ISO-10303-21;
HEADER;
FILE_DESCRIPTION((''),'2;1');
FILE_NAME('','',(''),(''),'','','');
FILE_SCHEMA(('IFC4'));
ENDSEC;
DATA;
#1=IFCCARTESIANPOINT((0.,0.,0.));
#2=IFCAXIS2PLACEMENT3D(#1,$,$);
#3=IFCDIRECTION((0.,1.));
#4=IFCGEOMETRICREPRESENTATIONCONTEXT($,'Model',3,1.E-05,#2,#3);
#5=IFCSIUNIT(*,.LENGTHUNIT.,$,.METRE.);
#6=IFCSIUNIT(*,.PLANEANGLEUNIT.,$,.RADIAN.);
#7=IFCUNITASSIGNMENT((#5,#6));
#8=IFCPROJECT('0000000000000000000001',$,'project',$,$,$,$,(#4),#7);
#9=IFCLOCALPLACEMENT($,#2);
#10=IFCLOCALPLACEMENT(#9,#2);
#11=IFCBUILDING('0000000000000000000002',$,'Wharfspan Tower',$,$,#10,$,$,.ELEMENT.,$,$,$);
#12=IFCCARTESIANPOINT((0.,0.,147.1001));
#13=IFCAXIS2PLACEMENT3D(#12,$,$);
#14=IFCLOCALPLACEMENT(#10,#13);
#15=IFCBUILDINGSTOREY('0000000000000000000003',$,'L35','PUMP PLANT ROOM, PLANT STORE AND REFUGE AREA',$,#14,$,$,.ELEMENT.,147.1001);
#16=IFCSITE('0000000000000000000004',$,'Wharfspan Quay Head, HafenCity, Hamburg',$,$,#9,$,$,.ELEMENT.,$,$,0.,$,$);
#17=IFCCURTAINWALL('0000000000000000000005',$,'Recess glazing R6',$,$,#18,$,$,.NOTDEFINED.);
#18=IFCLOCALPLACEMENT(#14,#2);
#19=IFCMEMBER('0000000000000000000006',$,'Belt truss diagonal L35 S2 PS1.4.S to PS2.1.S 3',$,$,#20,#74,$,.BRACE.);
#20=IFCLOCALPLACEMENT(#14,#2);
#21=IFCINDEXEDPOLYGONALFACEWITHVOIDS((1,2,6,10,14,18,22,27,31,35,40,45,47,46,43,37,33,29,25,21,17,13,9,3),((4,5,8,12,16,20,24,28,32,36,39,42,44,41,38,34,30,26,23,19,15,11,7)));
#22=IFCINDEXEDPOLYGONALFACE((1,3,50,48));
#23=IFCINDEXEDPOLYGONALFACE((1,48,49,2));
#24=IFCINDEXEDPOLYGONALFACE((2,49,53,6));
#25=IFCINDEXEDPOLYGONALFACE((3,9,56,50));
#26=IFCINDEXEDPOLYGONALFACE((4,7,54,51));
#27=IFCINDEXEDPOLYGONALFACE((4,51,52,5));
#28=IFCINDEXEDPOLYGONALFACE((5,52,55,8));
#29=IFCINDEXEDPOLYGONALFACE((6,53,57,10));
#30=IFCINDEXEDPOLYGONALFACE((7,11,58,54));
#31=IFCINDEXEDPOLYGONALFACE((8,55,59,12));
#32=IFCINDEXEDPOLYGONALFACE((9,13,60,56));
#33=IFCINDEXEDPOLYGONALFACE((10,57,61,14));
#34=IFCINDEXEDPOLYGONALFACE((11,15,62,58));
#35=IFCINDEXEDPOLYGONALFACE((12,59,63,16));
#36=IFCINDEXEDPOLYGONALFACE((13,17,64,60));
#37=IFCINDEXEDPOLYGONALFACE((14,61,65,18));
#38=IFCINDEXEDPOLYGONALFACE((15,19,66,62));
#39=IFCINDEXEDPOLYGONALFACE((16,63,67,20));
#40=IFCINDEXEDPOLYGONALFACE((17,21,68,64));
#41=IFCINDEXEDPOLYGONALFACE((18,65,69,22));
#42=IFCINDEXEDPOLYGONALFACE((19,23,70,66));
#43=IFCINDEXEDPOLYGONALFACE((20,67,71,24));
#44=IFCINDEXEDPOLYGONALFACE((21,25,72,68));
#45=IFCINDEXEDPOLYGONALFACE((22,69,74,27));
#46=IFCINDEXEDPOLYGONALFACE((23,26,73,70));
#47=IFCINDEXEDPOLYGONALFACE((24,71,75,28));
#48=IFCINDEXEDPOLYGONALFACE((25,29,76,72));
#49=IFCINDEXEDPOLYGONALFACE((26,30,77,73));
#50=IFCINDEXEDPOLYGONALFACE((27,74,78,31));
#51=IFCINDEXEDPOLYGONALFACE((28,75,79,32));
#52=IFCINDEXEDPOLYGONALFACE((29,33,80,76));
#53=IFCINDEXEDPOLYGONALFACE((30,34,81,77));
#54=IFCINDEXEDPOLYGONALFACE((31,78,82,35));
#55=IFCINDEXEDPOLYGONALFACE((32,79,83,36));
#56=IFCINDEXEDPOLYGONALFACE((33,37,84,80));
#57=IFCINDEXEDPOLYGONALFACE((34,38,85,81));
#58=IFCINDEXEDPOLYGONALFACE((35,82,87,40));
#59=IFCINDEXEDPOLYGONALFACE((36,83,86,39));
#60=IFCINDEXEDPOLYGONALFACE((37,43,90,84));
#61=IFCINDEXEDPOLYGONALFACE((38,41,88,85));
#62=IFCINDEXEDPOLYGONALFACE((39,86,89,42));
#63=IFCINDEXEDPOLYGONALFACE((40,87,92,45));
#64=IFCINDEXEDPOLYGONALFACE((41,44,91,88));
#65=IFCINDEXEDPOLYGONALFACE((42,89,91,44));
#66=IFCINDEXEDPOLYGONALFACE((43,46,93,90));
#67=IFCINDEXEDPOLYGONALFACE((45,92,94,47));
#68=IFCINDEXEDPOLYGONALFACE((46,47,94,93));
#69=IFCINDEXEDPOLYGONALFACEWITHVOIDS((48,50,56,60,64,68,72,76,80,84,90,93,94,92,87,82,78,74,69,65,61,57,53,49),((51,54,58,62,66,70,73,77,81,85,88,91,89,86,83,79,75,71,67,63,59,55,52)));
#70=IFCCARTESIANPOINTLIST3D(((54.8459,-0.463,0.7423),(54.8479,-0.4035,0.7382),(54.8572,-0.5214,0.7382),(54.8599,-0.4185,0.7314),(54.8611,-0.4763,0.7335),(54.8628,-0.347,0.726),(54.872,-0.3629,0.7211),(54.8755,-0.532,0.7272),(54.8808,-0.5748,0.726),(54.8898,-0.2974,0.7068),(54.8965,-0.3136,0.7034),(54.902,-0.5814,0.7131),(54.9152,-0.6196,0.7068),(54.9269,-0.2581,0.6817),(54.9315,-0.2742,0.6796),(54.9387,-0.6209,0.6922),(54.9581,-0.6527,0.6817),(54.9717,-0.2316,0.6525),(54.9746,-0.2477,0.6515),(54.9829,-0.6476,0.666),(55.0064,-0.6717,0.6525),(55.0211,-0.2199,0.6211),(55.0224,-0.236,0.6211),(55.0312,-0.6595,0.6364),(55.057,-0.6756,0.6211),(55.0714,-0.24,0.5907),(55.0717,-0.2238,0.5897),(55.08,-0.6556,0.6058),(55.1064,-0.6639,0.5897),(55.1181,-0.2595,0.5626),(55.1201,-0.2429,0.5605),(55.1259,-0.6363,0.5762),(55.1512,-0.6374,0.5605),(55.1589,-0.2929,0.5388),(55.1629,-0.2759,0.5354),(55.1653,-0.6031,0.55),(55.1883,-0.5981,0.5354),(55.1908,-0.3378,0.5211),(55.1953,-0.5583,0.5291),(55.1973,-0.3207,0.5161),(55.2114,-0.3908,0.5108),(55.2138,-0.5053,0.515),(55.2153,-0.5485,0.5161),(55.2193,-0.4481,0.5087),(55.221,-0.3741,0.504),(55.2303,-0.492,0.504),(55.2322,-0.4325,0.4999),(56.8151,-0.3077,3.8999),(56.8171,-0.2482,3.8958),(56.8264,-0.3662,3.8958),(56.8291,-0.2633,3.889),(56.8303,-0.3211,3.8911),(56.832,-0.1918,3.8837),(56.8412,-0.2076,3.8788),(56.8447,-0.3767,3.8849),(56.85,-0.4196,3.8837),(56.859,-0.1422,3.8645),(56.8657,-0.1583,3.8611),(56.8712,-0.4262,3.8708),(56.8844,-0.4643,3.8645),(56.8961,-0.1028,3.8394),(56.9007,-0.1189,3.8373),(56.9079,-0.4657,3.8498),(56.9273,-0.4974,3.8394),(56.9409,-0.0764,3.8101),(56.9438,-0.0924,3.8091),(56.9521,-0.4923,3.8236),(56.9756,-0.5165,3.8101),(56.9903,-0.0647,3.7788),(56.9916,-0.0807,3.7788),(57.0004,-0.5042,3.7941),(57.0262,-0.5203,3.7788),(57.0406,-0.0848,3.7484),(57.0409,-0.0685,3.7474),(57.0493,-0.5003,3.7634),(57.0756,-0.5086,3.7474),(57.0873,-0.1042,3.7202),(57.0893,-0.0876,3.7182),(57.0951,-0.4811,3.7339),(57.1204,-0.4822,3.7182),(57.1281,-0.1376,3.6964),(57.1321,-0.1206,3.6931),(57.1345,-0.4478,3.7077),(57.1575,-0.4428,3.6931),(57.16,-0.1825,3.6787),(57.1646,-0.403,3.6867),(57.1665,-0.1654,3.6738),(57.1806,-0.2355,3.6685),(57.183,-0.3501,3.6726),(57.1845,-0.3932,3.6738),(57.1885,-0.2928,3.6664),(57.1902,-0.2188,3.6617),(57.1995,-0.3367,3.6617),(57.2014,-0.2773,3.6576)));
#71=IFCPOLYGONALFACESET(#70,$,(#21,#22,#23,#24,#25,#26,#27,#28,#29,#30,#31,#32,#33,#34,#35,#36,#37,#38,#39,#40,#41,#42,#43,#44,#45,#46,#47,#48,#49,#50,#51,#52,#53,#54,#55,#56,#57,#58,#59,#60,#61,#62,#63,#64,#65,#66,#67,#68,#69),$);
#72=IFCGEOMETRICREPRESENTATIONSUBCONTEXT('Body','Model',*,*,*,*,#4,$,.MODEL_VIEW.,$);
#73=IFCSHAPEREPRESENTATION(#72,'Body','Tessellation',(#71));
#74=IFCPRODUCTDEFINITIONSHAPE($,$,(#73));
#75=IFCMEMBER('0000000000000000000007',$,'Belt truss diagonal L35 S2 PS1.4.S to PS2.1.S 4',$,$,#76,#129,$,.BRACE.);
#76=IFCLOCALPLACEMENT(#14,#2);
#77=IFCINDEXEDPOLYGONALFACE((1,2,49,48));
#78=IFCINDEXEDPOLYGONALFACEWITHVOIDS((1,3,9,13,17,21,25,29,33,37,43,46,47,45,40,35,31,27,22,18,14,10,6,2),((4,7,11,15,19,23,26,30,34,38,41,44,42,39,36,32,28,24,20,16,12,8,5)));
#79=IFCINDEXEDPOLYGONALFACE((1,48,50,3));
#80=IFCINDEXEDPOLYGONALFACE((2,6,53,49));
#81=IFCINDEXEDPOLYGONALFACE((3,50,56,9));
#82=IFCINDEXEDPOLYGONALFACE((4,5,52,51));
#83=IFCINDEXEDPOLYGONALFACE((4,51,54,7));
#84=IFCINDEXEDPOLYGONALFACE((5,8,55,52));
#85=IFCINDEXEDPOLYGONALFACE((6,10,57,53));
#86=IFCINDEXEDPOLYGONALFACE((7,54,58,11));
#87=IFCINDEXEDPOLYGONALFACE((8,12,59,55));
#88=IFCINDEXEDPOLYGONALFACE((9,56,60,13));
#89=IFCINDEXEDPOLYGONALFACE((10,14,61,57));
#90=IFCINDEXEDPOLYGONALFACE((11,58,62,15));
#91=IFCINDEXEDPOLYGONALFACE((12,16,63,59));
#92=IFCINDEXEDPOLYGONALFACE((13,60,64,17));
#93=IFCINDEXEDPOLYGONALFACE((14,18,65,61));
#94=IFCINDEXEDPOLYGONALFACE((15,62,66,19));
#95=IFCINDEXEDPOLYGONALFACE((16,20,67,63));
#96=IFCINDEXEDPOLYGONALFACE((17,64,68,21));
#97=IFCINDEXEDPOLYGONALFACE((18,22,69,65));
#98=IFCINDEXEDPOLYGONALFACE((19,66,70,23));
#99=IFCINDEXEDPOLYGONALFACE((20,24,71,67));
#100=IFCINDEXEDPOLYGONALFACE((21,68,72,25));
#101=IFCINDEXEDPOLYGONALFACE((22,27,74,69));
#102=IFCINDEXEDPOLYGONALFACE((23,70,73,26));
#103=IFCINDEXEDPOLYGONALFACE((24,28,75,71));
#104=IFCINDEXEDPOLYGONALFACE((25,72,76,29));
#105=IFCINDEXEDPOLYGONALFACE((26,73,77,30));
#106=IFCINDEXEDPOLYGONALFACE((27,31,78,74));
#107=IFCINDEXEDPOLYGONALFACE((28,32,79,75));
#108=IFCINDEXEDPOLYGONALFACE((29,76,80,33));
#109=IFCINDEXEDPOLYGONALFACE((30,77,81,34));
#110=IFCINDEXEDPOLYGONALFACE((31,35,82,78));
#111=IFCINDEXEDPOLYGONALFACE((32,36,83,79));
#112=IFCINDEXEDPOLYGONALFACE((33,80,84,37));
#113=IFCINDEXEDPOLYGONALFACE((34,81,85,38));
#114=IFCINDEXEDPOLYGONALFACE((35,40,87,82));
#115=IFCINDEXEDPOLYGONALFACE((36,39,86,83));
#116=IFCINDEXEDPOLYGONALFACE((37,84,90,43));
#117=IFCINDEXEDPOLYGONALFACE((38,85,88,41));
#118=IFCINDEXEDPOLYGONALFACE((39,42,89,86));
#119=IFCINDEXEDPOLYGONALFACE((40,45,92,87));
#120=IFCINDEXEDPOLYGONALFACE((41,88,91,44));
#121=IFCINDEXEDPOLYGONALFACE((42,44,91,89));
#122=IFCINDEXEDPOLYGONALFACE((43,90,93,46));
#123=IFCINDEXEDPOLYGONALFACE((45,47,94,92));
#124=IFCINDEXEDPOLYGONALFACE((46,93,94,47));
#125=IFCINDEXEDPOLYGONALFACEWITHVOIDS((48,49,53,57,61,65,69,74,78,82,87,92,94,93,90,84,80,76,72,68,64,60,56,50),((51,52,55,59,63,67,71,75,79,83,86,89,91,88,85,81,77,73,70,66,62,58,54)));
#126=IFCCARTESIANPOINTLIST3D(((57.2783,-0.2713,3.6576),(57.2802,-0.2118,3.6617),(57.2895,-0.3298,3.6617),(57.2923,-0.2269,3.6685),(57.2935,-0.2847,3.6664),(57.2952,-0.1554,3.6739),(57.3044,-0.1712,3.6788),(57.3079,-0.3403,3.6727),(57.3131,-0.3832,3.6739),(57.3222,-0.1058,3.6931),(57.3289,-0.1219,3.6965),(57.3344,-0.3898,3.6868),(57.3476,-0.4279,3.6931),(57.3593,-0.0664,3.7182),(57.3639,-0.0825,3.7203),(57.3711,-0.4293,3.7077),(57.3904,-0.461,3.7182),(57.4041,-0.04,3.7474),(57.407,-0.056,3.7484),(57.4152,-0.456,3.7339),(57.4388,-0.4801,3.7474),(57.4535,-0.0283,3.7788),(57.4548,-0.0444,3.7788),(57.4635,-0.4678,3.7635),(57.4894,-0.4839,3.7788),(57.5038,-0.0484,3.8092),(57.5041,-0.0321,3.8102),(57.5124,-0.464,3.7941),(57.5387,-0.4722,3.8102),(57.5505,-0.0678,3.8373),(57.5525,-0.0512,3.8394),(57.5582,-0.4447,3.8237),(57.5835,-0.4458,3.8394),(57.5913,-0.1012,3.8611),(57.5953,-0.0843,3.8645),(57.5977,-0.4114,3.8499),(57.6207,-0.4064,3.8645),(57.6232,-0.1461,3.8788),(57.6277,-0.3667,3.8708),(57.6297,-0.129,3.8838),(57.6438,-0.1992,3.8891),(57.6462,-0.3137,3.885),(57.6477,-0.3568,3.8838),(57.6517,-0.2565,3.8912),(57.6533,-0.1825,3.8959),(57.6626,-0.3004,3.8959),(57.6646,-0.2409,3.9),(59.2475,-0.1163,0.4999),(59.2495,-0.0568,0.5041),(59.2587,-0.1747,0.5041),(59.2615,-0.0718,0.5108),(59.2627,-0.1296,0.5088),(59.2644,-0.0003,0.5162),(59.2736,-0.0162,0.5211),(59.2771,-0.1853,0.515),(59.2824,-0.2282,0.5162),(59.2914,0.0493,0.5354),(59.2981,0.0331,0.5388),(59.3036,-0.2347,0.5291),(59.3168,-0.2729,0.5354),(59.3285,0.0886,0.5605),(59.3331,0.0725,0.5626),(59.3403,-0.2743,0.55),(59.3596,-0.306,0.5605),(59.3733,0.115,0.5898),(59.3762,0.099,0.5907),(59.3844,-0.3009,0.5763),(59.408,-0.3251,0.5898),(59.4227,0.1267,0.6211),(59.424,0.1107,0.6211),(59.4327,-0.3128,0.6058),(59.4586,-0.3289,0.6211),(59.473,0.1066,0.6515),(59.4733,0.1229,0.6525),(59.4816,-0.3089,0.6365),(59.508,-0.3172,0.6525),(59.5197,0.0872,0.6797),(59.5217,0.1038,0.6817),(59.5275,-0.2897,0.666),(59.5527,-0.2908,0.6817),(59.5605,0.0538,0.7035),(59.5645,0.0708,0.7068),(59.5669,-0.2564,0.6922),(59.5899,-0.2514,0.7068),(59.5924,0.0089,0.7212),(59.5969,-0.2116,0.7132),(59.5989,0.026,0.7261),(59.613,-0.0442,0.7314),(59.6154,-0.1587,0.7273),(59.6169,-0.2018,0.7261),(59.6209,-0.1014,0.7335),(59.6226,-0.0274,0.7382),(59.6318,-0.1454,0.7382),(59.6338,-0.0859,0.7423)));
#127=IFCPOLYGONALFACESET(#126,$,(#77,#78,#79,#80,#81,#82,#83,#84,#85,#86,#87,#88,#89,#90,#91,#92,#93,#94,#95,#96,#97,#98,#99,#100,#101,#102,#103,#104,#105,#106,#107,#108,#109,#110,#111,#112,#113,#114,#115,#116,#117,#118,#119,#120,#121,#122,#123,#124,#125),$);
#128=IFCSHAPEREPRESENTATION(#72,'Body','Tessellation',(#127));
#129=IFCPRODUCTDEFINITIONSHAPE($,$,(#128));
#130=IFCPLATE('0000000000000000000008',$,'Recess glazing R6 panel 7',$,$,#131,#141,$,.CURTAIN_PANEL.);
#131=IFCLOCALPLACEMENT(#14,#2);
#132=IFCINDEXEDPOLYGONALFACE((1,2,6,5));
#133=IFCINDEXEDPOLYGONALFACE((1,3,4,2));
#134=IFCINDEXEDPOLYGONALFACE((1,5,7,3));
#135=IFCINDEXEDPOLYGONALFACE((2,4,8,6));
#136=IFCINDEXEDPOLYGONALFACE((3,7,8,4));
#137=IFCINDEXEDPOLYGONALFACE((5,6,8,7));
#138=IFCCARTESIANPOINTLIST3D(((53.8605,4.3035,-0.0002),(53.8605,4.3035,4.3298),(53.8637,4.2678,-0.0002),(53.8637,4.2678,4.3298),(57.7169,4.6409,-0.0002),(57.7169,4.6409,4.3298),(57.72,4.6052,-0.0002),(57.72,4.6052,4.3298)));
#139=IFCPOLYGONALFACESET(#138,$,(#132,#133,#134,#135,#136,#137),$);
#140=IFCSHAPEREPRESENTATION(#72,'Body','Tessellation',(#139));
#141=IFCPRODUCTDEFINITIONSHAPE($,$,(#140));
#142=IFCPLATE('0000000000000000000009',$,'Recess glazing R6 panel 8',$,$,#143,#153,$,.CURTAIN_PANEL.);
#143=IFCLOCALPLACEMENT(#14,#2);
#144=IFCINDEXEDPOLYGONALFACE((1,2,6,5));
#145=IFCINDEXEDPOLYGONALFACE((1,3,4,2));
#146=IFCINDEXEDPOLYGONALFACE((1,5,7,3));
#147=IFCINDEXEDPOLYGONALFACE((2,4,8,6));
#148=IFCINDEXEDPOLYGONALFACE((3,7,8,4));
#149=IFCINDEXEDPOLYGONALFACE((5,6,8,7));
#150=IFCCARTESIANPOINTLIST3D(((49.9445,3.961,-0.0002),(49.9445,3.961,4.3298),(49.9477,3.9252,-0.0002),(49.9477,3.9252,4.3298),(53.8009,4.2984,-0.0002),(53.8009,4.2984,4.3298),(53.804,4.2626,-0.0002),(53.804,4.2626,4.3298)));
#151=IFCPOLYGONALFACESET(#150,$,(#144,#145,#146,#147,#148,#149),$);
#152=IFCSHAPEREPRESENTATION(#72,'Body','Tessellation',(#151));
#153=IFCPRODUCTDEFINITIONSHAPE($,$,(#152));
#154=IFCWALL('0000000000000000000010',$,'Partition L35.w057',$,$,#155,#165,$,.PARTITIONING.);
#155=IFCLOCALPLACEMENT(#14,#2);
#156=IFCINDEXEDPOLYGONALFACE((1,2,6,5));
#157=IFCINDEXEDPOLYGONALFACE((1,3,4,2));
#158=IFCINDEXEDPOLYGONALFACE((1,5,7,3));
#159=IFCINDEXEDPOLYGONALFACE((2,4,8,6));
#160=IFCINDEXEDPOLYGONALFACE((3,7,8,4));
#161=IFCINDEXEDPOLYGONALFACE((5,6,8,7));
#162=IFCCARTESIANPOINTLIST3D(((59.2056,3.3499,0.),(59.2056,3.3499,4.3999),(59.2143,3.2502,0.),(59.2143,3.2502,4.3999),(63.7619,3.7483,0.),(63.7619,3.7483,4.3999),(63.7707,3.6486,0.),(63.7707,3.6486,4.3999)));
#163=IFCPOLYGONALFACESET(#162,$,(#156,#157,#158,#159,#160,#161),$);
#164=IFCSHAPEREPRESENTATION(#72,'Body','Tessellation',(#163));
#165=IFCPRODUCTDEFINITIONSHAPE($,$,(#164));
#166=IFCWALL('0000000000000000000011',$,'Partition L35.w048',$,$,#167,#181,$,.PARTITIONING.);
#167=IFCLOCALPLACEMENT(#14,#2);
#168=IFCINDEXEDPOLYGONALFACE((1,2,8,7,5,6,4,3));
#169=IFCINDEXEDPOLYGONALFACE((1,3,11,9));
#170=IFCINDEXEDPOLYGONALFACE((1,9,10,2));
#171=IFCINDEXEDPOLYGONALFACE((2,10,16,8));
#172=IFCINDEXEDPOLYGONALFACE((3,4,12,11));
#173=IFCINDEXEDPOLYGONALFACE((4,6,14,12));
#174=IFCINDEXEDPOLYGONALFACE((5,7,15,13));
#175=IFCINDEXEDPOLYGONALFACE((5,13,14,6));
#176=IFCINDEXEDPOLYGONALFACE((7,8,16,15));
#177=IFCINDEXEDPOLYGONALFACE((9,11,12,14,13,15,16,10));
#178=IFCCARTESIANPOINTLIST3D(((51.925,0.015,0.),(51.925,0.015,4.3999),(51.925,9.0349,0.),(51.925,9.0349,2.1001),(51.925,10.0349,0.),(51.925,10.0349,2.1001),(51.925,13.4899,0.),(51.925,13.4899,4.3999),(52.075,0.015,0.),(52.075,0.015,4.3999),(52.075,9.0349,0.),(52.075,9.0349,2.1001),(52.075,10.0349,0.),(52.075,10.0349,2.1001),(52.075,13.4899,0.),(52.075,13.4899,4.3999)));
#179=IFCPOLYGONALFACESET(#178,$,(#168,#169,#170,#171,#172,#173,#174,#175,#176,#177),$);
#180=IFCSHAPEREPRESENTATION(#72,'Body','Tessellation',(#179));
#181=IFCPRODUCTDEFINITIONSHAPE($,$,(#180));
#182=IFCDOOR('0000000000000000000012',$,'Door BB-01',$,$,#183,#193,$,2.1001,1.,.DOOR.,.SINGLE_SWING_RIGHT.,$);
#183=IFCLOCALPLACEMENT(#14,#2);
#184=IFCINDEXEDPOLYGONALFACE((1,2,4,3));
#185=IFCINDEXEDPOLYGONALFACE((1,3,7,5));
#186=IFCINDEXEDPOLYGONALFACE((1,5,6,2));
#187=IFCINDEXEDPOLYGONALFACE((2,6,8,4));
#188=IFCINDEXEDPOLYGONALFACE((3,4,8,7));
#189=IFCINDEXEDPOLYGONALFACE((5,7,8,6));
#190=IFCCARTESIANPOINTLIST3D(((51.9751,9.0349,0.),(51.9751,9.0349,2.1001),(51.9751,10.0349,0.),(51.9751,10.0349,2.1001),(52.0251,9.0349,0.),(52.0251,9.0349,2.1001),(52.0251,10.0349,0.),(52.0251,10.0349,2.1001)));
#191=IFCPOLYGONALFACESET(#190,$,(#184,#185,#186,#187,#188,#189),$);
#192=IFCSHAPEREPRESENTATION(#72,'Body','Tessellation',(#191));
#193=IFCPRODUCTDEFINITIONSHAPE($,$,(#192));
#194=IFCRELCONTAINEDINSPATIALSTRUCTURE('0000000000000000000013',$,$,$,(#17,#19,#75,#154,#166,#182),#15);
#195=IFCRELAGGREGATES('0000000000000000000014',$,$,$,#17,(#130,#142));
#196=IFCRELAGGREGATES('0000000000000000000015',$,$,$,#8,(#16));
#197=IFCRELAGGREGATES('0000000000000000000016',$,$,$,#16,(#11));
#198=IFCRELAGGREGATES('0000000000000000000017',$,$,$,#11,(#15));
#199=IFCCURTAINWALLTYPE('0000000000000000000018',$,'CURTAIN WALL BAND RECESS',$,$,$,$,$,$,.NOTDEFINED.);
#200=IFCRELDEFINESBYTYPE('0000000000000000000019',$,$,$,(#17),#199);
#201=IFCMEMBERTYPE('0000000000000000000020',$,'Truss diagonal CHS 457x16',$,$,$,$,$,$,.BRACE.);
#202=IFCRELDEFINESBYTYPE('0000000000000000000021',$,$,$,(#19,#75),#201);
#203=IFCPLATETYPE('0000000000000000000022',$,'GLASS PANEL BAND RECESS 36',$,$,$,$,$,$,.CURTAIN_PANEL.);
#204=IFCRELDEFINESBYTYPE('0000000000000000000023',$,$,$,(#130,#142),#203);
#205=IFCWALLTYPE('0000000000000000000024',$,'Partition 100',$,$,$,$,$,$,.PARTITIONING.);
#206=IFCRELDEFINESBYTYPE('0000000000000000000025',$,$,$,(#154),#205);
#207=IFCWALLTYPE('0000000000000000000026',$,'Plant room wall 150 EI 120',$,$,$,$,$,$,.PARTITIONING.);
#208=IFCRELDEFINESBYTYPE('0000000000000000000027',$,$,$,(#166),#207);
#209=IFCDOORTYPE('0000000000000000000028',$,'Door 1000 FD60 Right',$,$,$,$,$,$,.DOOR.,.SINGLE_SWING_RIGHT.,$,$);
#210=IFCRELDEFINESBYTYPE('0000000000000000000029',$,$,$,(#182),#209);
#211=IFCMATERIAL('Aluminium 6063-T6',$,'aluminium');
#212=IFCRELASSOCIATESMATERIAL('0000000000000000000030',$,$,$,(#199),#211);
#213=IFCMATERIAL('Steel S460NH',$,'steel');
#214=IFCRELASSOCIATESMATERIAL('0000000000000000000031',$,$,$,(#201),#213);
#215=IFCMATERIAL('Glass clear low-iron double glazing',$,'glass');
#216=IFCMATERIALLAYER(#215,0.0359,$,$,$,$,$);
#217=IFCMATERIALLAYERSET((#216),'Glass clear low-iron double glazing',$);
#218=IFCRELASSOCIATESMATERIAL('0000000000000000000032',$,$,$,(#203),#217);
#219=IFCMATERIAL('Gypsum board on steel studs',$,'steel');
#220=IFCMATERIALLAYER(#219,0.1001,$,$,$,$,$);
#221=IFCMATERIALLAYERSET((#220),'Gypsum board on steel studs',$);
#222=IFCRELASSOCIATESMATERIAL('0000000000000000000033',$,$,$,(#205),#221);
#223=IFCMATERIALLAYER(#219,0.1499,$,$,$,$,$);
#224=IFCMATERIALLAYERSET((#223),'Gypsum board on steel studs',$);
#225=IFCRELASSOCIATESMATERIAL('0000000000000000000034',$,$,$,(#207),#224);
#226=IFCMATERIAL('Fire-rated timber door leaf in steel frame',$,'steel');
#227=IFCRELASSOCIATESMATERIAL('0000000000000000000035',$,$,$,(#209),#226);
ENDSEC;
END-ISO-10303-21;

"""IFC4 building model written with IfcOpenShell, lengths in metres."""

from ifc_helpers import new_model, si_unit, direction, frame, frame_2d, origin, origin_2d, place, context, subcontext, project, spatial, rectangle, hollow_circle, extrude, material, layer, layer_set, material_profile, profile_set, type_object, element, fill, aggregate, save


model = new_model("IFC4")

# Units and contexts
model_context = context("Model", 3, precision=1e-05, world=origin(), true_north=direction((0.0, 1.0)))
body_context = subcontext(model_context, "Body", "Model", "MODEL_VIEW")
ifc_project = project(units=[si_unit("LENGTHUNIT", "METRE"), si_unit("PLANEANGLEUNIT", "RADIAN")], contexts=[model_context])

# Site, building, storey
site_placement = place(None, origin())
site = spatial("IfcSite", under=ifc_project, at=site_placement, Name="Wharfspan Quay Head, HafenCity, Hamburg", CompositionType="ELEMENT", RefElevation=0.0)
building_placement = place(site_placement, origin())
building = spatial("IfcBuilding", under=site, at=building_placement, Name="Wharfspan Tower", CompositionType="ELEMENT")
storey_placement = place(building_placement, frame((0.0, 0.0, 147.1001)))
storey = spatial("IfcBuildingStorey", under=building, at=storey_placement, Name="L35", Description="PUMP PLANT ROOM, PLANT STORE AND REFUGE AREA", CompositionType="ELEMENT", Elevation=147.1001)

# Curtain wall
ifc_material_1 = material(Name="Aluminium 6063-T6", Category="aluminium")
curtain_wall_type = type_object("IfcCurtainWallType", Name="CURTAIN WALL BAND RECESS", PredefinedType="NOTDEFINED", material=ifc_material_1)
curtain_wall_placement = place(storey_placement, origin())
curtain_wall = element("IfcCurtainWall", 1, at=curtain_wall_placement, inside=storey, type_object=curtain_wall_type, Name="Recess glazing R6", PredefinedType="NOTDEFINED")

# Shared definitions
ifc_material_2 = material(Name="Steel S460NH", Category="steel")

# Members
ifc_material_profile_1 = material_profile(ifc_material_2, hollow_circle(Radius=0.2285, WallThickness=0.0161, at=origin_2d()))
ifc_profile_set_1 = profile_set([ifc_material_profile_1], Name="Steel S460NH")
member_type_1 = type_object("IfcMemberType", Name="Truss diagonal CHS 457x16", PredefinedType="BRACE", material=ifc_profile_set_1)
for number, where, z_axis, x_axis, name in (
    (2, (55.0391, -0.4478, 0.6211), (0.528701, 0.041688, 0.847784), (-0.078603, 0.99691, -0.000002), "Belt truss diagonal L35 S2 PS1.4.S to PS2.1.S 3"),
    (3, (57.4714, -0.2561, 3.7788), (0.528703, 0.041622, -0.847786), (-0.078485, 0.996914, -0.000002), "Belt truss diagonal L35 S2 PS1.4.S to PS2.1.S 4"),
):
    element("IfcMember", number, at=place(storey_placement, frame(where, z_axis=z_axis, x_axis=x_axis)), inside=storey, type_object=member_type_1, Name=name, PredefinedType="BRACE", context=body_context, shape_type="SweptSolid", body=[
        extrude(hollow_circle(Radius=0.2285, WallThickness=0.0161, at=origin_2d()), origin(), (0.0, 0.0, 1.0), 3.7246),
    ])

# Plates
ifc_material_3 = material(Name="Glass clear low-iron double glazing", Category="glass")
ifc_layer_1 = layer(ifc_material_3, 0.0359)
ifc_layer_set_1 = layer_set([ifc_layer_1], Name="Glass clear low-iron double glazing")
plate_type = type_object("IfcPlateType", Name="GLASS PANEL BAND RECESS 36", PredefinedType="CURTAIN_PANEL", material=ifc_layer_set_1)
plate_1_placement = place(storey_placement, frame((55.7903, 4.4543, -0.0002), z_axis=(0.0, 0.0, 1.0), x_axis=(-0.996198, -0.087156, 0.0)))
plate_1 = element("IfcPlate", 4, at=plate_1_placement, type_object=plate_type, Name="Recess glazing R6 panel 7", PredefinedType="CURTAIN_PANEL", context=body_context, shape_type="SweptSolid", body=[
    extrude(rectangle(XDim=3.8711, YDim=0.0359, at=origin_2d()), origin(), (0.0, 0.0, 1.0), 4.3301),
])
plate_2_placement = place(storey_placement, frame((51.8743, 4.1118, -0.0002), z_axis=(0.0, 0.0, 1.0), x_axis=(-0.996198, -0.087156, 0.0)))
plate_2 = element("IfcPlate", 5, at=plate_2_placement, type_object=plate_type, Name="Recess glazing R6 panel 8", PredefinedType="CURTAIN_PANEL", context=body_context, shape_type="SweptSolid", body=[
    extrude(rectangle(XDim=3.8711, YDim=0.0359, at=origin_2d()), origin(), (0.0, 0.0, 1.0), 4.3301),
])
aggregate(curtain_wall, [plate_1, plate_2])

# Wall
ifc_material_4 = material(Name="Gypsum board on steel studs", Category="steel")
ifc_layer_2 = layer(ifc_material_4, 0.1001)
ifc_layer_set_2 = layer_set([ifc_layer_2], Name="Gypsum board on steel studs")
wall_type_1 = type_object("IfcWallType", Name="Partition 100", PredefinedType="PARTITIONING", material=ifc_layer_set_2)
wall_1_placement = place(storey_placement, frame((59.21, 3.3, 0.0), z_axis=(0.0, 0.0, 1.0), x_axis=(0.996195, 0.087113, 0.0)))
element("IfcWall", 6, at=wall_1_placement, inside=storey, type_object=wall_type_1, Name="Partition L35.w057", PredefinedType="PARTITIONING", context=body_context, shape_type="SweptSolid", body=[
    extrude(rectangle(XDim=4.5737, YDim=0.1001, at=frame_2d((2.2869, 0.0))), origin(), (0.0, 0.0, 1.0), 4.3999),
])

# Wall, opening, door
ifc_layer_3 = layer(ifc_material_4, 0.1499)
ifc_layer_set_3 = layer_set([ifc_layer_3], Name="Gypsum board on steel studs")
wall_type_2 = type_object("IfcWallType", Name="Plant room wall 150 EI 120", PredefinedType="PARTITIONING", material=ifc_layer_set_3)
wall_2_placement = place(storey_placement, frame((52.0, 0.0151, 0.0), z_axis=(0.0, 0.0, 1.0), x_axis=(0.0, 1.0, 0.0)))
wall_2 = element("IfcWall", 7, at=wall_2_placement, inside=storey, type_object=wall_type_2, Name="Partition L35.w048", PredefinedType="PARTITIONING", context=body_context, shape_type="SweptSolid", body=[
    extrude(rectangle(XDim=13.4749, YDim=0.1499, at=frame_2d((6.7373, 0.0))), origin(), (0.0, 0.0, 1.0), 4.3999),
])
opening_placement = place(wall_2_placement, frame((9.0198, 0.0, 0.0)))
opening = element("IfcOpeningElement", 8, at=opening_placement, cuts=wall_2, PredefinedType="OPENING", context=body_context, shape_type="SweptSolid", body=[
    extrude(rectangle(XDim=1.0, YDim=2.1001, at=frame_2d((0.5, 1.05))), frame((0.0, 0.085, 0.0), z_axis=(0.0, -1.0, 0.0), x_axis=(1.0, 0.0, 0.0)), (0.0, 0.0, 1.0), 0.1699),
])
ifc_material_5 = material(Name="Fire-rated timber door leaf in steel frame", Category="steel")
door_type = type_object("IfcDoorType", Name="Door 1000 FD60 Right", OperationType="SINGLE_SWING_RIGHT", PredefinedType="DOOR", material=ifc_material_5)
door_placement = place(opening_placement, origin())
door = element("IfcDoor", 9, at=door_placement, inside=storey, type_object=door_type, Name="Door BB-01", OperationType="SINGLE_SWING_RIGHT", OverallHeight=2.1001, OverallWidth=1.0, PredefinedType="DOOR", context=body_context, shape_type="SweptSolid", body=[
    extrude(rectangle(XDim=1.0, YDim=2.1001, at=frame_2d((0.5, 1.05))), frame((0.0, 0.0249, 0.0), z_axis=(0.0, -1.0, 0.0), x_axis=(1.0, 0.0, 0.0)), (0.0, 0.0, 1.0), 0.05),
])
fill(opening, door)

save(model, "model.ifc")
